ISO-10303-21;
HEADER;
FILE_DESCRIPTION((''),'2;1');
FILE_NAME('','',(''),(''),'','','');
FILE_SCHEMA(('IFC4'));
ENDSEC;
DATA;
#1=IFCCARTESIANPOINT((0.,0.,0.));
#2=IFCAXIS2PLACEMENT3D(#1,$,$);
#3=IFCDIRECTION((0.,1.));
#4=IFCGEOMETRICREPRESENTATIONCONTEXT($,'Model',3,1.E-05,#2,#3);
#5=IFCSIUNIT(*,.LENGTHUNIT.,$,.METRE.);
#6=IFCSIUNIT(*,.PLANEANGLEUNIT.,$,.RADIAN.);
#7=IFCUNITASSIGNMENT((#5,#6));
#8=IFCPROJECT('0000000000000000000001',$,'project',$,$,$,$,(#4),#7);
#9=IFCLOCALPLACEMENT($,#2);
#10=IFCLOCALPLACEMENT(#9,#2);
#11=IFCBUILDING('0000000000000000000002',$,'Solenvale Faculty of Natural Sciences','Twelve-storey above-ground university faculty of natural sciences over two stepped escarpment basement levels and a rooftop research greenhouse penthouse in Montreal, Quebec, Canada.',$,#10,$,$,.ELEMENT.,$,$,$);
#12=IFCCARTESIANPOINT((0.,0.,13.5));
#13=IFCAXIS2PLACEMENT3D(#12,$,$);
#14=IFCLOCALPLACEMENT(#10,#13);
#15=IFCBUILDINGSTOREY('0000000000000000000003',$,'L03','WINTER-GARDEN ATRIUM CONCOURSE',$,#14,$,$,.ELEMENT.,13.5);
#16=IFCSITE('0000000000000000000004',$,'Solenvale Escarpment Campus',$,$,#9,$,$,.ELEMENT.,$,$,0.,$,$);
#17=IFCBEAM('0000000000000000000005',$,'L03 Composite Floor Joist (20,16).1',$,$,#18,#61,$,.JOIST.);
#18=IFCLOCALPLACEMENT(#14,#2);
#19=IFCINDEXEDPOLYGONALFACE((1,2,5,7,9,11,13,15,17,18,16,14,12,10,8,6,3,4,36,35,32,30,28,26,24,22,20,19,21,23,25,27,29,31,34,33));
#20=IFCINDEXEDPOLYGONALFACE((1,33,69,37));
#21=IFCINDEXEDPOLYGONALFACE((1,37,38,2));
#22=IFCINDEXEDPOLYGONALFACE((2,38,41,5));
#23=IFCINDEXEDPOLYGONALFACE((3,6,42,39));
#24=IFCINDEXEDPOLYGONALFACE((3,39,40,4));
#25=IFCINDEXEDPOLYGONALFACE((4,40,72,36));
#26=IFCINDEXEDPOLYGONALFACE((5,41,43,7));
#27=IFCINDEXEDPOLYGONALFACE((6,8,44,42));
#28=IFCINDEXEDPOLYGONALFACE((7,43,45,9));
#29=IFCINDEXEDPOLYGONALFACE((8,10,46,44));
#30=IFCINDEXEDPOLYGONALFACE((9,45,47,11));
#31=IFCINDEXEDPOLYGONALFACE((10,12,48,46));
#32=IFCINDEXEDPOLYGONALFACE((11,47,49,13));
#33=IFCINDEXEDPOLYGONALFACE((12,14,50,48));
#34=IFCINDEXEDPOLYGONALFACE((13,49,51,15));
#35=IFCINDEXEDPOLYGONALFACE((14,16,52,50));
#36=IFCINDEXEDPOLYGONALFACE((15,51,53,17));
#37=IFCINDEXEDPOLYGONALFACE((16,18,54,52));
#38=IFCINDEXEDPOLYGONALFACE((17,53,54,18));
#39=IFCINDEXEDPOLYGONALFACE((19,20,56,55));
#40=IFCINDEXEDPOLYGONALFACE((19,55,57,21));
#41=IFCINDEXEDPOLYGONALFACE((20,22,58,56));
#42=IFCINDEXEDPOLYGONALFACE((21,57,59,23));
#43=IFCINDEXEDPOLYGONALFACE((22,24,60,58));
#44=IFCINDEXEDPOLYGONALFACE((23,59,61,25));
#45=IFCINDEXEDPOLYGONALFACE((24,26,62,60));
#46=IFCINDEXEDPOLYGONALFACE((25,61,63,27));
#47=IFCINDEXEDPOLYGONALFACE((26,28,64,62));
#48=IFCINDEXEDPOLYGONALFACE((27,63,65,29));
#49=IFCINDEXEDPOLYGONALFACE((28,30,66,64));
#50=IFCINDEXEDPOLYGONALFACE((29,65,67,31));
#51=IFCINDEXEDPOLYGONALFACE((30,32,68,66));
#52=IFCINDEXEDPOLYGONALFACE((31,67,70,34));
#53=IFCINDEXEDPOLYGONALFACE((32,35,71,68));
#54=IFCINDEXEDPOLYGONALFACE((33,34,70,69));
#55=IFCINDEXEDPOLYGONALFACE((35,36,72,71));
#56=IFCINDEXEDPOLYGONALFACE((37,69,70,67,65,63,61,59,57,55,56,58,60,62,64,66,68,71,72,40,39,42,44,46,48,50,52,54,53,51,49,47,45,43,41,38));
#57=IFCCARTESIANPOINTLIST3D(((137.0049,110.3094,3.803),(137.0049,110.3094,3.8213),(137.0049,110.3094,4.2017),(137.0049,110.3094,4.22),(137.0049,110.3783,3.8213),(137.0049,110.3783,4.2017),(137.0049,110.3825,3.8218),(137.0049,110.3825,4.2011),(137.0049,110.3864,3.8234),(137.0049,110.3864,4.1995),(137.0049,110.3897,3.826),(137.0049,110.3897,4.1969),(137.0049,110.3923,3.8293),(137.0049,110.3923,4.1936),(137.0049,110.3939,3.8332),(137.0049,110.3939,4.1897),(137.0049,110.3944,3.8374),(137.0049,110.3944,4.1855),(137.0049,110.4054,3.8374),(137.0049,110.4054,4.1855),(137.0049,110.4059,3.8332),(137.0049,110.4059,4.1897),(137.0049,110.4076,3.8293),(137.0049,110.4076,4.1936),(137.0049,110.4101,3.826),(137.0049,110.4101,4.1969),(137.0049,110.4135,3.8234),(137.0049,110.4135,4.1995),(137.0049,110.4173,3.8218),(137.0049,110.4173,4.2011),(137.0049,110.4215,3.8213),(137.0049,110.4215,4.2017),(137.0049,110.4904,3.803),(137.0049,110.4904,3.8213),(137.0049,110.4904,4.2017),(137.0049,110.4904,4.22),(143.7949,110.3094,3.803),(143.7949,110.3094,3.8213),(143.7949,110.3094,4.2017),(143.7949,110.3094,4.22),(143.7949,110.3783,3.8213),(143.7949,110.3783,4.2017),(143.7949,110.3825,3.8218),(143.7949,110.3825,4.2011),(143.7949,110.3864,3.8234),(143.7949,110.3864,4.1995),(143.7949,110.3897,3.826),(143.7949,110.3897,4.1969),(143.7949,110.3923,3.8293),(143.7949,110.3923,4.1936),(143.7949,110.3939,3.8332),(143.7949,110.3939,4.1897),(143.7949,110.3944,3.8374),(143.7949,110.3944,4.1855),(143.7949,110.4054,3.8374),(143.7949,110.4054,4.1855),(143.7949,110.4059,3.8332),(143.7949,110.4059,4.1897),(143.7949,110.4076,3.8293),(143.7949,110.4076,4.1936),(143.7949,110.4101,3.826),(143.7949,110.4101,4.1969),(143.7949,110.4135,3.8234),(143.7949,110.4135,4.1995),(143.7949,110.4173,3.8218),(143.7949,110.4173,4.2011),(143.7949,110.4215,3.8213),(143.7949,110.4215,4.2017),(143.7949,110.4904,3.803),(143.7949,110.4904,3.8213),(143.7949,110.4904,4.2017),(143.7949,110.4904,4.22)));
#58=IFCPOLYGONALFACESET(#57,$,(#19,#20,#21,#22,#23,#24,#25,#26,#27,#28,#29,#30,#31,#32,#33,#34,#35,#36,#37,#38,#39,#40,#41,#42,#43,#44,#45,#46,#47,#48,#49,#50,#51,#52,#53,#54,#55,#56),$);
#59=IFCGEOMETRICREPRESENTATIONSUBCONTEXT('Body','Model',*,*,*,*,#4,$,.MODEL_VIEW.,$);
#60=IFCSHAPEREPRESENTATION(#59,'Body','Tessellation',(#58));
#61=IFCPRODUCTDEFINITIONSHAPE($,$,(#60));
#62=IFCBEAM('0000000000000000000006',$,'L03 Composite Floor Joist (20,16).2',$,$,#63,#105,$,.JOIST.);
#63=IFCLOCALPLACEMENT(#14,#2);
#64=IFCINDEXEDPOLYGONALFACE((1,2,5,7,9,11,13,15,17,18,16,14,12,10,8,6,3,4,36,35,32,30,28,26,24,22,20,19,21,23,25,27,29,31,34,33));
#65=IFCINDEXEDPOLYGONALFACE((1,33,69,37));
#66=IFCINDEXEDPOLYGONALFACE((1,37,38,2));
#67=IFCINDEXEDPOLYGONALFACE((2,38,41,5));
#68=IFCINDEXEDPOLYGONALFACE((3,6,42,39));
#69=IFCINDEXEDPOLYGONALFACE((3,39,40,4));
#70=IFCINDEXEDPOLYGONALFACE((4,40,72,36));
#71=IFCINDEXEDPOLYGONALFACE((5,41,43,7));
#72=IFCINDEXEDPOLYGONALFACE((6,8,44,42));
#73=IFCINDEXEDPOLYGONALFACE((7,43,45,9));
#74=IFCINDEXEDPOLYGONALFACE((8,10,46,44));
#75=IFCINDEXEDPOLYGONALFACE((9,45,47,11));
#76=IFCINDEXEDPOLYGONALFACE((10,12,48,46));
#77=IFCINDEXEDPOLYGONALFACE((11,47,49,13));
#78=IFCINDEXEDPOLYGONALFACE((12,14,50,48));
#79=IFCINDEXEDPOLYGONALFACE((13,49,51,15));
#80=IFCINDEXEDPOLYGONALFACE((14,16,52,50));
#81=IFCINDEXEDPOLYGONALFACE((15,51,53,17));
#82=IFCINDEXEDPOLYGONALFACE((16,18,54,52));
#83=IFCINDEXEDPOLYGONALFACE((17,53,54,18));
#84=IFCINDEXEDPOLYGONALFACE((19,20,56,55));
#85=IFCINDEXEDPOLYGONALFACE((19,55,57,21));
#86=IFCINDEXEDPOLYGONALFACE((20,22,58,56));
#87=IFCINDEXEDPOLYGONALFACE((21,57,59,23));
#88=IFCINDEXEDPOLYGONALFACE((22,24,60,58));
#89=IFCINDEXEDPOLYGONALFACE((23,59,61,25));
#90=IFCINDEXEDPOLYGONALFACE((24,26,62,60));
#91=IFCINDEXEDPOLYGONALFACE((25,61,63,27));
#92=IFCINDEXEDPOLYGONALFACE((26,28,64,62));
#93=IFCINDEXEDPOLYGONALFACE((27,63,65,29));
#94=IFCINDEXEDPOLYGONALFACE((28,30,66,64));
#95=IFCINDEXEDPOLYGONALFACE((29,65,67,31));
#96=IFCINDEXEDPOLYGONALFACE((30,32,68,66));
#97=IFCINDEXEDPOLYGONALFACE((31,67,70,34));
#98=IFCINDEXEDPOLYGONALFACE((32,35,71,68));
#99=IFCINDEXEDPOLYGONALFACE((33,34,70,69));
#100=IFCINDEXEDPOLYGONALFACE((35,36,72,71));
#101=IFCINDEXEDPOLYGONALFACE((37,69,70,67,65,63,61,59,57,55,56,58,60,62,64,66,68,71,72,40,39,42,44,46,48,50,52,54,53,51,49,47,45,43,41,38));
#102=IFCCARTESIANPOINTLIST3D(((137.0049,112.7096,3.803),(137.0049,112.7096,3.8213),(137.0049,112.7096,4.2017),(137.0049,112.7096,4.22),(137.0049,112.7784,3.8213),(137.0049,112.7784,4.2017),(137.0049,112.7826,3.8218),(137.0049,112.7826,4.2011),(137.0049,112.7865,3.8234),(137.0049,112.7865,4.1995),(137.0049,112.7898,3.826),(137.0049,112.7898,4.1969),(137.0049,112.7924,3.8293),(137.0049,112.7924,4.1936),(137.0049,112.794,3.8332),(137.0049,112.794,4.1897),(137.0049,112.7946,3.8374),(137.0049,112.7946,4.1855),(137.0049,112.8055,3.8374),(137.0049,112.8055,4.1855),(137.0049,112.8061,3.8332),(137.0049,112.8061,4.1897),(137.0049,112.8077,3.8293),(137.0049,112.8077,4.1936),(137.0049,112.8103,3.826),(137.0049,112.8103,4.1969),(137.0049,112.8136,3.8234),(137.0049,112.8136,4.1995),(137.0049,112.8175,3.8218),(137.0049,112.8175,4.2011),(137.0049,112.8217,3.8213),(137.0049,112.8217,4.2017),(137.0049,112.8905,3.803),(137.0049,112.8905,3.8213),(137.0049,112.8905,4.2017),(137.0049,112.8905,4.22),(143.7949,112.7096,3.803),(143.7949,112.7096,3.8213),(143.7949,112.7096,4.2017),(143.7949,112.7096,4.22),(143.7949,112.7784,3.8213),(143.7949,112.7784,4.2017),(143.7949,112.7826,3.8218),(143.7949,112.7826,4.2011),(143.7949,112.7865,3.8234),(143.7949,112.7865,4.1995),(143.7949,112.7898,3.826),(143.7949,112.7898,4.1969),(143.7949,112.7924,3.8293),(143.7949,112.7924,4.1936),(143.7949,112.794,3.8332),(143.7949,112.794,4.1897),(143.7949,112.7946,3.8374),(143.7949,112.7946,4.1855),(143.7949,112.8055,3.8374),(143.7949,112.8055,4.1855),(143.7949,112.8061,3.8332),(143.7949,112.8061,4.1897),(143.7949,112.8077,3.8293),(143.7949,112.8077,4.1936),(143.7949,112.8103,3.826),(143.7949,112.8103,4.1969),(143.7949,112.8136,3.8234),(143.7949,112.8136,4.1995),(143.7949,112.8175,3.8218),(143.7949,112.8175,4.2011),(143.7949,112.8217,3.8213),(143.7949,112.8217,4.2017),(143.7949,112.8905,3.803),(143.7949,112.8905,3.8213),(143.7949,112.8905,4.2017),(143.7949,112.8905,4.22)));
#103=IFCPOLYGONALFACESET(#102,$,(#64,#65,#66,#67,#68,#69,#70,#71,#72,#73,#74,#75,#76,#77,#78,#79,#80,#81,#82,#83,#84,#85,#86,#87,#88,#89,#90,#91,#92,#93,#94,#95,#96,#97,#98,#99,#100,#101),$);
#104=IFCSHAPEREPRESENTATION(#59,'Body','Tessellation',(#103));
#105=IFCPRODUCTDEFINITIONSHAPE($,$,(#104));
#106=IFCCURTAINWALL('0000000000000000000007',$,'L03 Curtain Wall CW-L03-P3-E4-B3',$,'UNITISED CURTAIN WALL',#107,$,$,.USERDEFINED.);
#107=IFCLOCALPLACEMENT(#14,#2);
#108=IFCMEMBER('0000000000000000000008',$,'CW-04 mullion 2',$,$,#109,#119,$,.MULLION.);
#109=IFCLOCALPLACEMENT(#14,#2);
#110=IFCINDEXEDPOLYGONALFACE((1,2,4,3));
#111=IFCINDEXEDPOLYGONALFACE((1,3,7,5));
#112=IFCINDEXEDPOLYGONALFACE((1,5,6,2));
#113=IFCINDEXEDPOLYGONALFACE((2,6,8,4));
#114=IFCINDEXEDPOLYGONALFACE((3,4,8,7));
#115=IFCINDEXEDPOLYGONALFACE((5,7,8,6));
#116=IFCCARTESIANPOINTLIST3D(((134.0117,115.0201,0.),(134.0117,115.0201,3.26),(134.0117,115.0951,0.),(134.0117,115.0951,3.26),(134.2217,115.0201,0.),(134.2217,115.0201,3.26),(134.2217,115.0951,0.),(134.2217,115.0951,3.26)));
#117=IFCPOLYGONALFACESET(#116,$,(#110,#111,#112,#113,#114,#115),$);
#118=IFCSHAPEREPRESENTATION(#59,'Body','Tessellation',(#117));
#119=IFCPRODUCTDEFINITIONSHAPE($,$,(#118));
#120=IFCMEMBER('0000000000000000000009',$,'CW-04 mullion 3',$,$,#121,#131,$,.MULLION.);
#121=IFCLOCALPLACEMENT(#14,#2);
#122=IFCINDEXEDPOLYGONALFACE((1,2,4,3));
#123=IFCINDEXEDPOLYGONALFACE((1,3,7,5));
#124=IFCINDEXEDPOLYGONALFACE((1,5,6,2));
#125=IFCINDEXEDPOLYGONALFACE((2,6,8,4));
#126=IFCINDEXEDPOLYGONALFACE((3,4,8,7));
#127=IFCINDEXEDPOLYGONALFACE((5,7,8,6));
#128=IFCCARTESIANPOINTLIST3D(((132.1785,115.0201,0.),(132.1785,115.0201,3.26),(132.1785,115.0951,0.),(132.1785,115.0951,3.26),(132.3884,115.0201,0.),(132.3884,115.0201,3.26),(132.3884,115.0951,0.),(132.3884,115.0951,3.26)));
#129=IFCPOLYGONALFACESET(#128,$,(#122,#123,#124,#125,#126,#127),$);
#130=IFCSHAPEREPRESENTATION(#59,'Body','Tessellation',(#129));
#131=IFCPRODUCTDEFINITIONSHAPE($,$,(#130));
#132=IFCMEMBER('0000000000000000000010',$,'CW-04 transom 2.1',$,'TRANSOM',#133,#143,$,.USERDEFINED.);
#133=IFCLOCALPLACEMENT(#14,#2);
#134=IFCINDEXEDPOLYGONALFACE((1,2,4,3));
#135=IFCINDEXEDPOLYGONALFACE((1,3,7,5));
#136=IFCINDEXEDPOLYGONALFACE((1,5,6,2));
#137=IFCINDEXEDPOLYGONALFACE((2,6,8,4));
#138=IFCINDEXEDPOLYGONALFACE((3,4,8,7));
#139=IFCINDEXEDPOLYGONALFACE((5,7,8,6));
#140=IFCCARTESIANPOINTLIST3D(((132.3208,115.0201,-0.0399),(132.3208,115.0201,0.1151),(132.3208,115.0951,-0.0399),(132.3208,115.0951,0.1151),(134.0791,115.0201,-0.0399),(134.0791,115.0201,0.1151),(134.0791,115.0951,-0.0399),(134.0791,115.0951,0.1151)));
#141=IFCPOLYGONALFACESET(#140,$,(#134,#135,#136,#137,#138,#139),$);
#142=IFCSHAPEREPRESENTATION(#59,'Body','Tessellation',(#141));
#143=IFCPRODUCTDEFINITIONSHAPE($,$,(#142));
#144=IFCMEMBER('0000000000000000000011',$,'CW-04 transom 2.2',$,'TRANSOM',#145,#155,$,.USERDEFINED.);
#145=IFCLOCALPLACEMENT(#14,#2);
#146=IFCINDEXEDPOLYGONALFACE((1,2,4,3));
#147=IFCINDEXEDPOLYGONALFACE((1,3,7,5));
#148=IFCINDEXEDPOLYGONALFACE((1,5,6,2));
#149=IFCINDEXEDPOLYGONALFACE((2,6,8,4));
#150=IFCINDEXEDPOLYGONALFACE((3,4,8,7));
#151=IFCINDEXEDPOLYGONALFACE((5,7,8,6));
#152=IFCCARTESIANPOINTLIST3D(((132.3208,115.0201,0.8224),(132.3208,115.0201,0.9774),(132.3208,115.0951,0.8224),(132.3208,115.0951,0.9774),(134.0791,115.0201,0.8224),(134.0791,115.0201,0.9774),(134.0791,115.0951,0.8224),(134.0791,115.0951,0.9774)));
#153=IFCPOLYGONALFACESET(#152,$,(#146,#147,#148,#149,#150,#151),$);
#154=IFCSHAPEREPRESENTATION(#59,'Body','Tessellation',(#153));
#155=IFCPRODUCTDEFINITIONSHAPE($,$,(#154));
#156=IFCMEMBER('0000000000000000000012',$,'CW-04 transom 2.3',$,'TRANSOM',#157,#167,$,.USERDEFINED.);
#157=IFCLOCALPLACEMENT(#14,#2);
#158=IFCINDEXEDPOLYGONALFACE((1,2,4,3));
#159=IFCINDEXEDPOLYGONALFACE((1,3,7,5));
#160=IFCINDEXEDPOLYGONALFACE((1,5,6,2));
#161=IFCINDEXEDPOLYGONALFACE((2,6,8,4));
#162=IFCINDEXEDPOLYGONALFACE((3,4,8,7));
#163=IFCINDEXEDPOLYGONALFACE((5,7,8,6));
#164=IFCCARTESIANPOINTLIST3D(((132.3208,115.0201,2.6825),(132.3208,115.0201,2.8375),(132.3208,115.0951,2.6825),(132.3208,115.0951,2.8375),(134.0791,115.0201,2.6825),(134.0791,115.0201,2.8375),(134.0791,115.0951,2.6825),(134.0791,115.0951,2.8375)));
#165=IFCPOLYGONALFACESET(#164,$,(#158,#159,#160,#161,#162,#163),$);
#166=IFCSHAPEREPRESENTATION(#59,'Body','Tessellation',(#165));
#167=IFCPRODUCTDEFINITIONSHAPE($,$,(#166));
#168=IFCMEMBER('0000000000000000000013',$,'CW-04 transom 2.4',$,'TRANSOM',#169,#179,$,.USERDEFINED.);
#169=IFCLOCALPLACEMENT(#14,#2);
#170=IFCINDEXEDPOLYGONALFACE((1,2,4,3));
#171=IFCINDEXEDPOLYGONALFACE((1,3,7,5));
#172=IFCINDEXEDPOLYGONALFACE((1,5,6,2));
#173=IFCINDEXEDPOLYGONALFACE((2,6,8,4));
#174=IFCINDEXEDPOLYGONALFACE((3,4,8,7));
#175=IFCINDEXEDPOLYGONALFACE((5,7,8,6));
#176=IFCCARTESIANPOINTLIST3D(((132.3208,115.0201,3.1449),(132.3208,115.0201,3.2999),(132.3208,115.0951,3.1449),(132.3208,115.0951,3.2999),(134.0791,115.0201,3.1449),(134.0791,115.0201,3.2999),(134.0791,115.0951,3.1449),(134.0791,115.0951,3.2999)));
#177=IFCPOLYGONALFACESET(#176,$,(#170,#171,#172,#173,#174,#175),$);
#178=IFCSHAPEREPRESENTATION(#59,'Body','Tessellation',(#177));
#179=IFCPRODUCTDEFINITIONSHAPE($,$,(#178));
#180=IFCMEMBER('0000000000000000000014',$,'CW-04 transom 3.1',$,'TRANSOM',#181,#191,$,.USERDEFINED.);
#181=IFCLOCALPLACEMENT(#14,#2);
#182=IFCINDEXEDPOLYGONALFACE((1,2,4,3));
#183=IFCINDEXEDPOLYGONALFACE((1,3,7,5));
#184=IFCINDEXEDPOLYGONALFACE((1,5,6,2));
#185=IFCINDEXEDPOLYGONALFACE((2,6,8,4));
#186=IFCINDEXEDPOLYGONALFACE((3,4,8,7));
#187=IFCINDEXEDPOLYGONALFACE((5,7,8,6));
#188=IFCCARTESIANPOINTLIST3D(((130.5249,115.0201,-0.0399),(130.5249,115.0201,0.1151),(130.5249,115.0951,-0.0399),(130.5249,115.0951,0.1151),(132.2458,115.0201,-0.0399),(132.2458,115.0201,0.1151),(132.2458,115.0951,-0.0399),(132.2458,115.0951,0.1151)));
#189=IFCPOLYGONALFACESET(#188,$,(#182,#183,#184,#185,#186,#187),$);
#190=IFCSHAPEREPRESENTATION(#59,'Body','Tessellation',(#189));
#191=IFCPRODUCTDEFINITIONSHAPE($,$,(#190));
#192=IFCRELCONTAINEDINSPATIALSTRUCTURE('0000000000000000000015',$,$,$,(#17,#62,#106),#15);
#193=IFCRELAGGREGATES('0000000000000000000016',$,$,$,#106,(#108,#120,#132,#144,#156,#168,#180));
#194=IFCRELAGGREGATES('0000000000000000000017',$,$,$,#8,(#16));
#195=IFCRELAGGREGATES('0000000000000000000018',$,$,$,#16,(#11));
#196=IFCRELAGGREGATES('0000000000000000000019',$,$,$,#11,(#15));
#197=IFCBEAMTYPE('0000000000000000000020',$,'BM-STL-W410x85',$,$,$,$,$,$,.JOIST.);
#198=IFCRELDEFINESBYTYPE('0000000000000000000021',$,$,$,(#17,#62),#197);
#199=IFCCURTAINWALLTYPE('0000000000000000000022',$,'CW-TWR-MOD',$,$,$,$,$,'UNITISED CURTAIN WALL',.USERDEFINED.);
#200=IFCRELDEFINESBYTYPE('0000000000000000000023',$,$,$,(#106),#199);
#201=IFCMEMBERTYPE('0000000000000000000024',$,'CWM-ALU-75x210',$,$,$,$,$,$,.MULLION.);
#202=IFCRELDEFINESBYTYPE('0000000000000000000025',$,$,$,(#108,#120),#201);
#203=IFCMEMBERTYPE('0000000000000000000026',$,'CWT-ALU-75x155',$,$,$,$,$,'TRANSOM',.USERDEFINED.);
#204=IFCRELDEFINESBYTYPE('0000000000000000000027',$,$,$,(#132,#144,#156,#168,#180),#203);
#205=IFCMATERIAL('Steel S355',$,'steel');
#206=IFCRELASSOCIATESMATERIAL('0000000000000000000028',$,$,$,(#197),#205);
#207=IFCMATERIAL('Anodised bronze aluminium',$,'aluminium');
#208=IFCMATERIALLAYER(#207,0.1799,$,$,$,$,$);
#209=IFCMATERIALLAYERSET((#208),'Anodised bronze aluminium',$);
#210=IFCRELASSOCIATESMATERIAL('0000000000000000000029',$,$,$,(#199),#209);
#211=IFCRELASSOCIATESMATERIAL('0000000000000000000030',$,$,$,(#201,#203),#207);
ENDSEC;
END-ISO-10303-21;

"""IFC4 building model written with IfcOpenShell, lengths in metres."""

from ifc_helpers import new_model, si_unit, direction, frame, origin, origin_2d, place, context, subcontext, project, spatial, rectangle, i_section, extrude, material, layer, layer_set, material_profile, profile_set, type_object, element, aggregate, save


model = new_model("IFC4")

# Units and contexts
model_context = context("Model", 3, precision=1e-05, world=origin(), true_north=direction((0.0, 1.0)))
body_context = subcontext(model_context, "Body", "Model", "MODEL_VIEW")
ifc_project = project(units=[si_unit("LENGTHUNIT", "METRE"), si_unit("PLANEANGLEUNIT", "RADIAN")], contexts=[model_context])

# Site, building, storey
site_placement = place(None, origin())
site = spatial("IfcSite", under=ifc_project, at=site_placement, Name="Solenvale Escarpment Campus", CompositionType="ELEMENT", RefElevation=0.0)
building_placement = place(site_placement, origin())
building = spatial("IfcBuilding", under=site, at=building_placement, Name="Solenvale Faculty of Natural Sciences", Description="Twelve-storey above-ground university faculty of natural sciences over two stepped escarpment basement levels and a rooftop research greenhouse penthouse in Montreal, Quebec, Canada.", CompositionType="ELEMENT")
storey_placement = place(building_placement, frame((0.0, 0.0, 13.5)))
storey = spatial("IfcBuildingStorey", under=building, at=storey_placement, Name="L03", Description="WINTER-GARDEN ATRIUM CONCOURSE", CompositionType="ELEMENT", Elevation=13.5)

# Beams
ifc_material_1 = material(Name="Steel S355", Category="steel")
ifc_material_profile_1 = material_profile(ifc_material_1, i_section(OverallWidth=0.1809, OverallDepth=0.417, WebThickness=0.011, FlangeThickness=0.0183, FilletRadius=0.0161, at=origin_2d()), Name="W410x85")
ifc_profile_set_1 = profile_set([ifc_material_profile_1], Name="Steel S355")
beam_type_1 = type_object("IfcBeamType", Name="BM-STL-W410x85", PredefinedType="JOIST", material=ifc_profile_set_1)
for number, where, z_axis, x_axis, name in (
    (1, (137.0049, 110.3999, 4.0115), (1.0, 0.0, 0.0), (0.0, 1.0, 0.0), "L03 Composite Floor Joist (20,16).1"),
    (2, (137.0049, 112.8, 4.0115), (1.0, 0.0, 0.0), (0.0, 1.0, 0.0), "L03 Composite Floor Joist (20,16).2"),
):
    element("IfcBeam", number, at=place(storey_placement, frame(where, z_axis=z_axis, x_axis=x_axis)), inside=storey, type_object=beam_type_1, Name=name, PredefinedType="JOIST", context=body_context, shape_type="SweptSolid", body=[
        extrude(i_section(OverallWidth=0.1809, OverallDepth=0.417, WebThickness=0.011, FlangeThickness=0.0183, FilletRadius=0.0161, at=origin_2d()), origin(), (0.0, 0.0, 1.0), 6.79),
    ])

# Curtain wall, members
ifc_material_2 = material(Name="Anodised bronze aluminium", Category="aluminium")
ifc_layer_1 = layer(ifc_material_2, 0.1799)
ifc_layer_set_1 = layer_set([ifc_layer_1], Name="Anodised bronze aluminium")
curtain_wall_type = type_object("IfcCurtainWallType", Name="CW-TWR-MOD", ElementType="UNITISED CURTAIN WALL", PredefinedType="USERDEFINED", material=ifc_layer_set_1)
curtain_wall_placement = place(storey_placement, origin())
curtain_wall = element("IfcCurtainWall", 3, at=curtain_wall_placement, inside=storey, type_object=curtain_wall_type, Name="L03 Curtain Wall CW-L03-P3-E4-B3", ObjectType="UNITISED CURTAIN WALL", PredefinedType="USERDEFINED")
ifc_material_profile_2 = material_profile(ifc_material_2, rectangle(XDim=0.075, YDim=0.21, at=origin_2d()), Name="ALU-MUL-75x210")
ifc_profile_set_2 = profile_set([ifc_material_profile_2], Name="Anodised bronze aluminium")
member_type_1 = type_object("IfcMemberType", Name="CWM-ALU-75x210", PredefinedType="MULLION", material=ifc_profile_set_2)
member_1_placement = place(storey_placement, frame((134.1167, 115.0576, 0.0), z_axis=(0.0, 0.0, 1.0), x_axis=(0.0, -1.0, 0.0)))
member_1 = element("IfcMember", 4, at=member_1_placement, type_object=member_type_1, Name="CW-04 mullion 2", PredefinedType="MULLION", context=body_context, shape_type="SweptSolid", body=[
    extrude(rectangle(XDim=0.075, YDim=0.21, at=origin_2d()), origin(), (0.0, 0.0, 1.0), 3.26),
])
member_2_placement = place(storey_placement, frame((132.2834, 115.0576, 0.0), z_axis=(0.0, 0.0, 1.0), x_axis=(0.0, -1.0, 0.0)))
member_2 = element("IfcMember", 5, at=member_2_placement, type_object=member_type_1, Name="CW-04 mullion 3", PredefinedType="MULLION", context=body_context, shape_type="SweptSolid", body=[
    extrude(rectangle(XDim=0.075, YDim=0.21, at=origin_2d()), origin(), (0.0, 0.0, 1.0), 3.26),
])
ifc_material_profile_3 = material_profile(ifc_material_2, rectangle(XDim=0.075, YDim=0.155, at=origin_2d()), Name="ALU-TRN-75x155")
ifc_profile_set_3 = profile_set([ifc_material_profile_3], Name="Anodised bronze aluminium")
member_type_2 = type_object("IfcMemberType", Name="CWT-ALU-75x155", ElementType="TRANSOM", PredefinedType="USERDEFINED", material=ifc_profile_set_3)
member_3_placement = place(storey_placement, frame((134.0791, 115.0576, 0.0376), z_axis=(-1.0, 0.0, 0.0), x_axis=(0.0, -1.0, 0.0)))
member_3 = element("IfcMember", 6, at=member_3_placement, type_object=member_type_2, Name="CW-04 transom 2.1", ObjectType="TRANSOM", PredefinedType="USERDEFINED", context=body_context, shape_type="SweptSolid", body=[
    extrude(rectangle(XDim=0.075, YDim=0.155, at=origin_2d()), origin(), (0.0, 0.0, 1.0), 1.7583),
])
member_4_placement = place(storey_placement, frame((134.0791, 115.0576, 0.8999), z_axis=(-1.0, 0.0, 0.0), x_axis=(0.0, -1.0, 0.0)))
member_4 = element("IfcMember", 7, at=member_4_placement, type_object=member_type_2, Name="CW-04 transom 2.2", ObjectType="TRANSOM", PredefinedType="USERDEFINED", context=body_context, shape_type="SweptSolid", body=[
    extrude(rectangle(XDim=0.075, YDim=0.155, at=origin_2d()), origin(), (0.0, 0.0, 1.0), 1.7583),
])
member_5_placement = place(storey_placement, frame((134.0791, 115.0576, 2.76), z_axis=(-1.0, 0.0, 0.0), x_axis=(0.0, -1.0, 0.0)))
member_5 = element("IfcMember", 8, at=member_5_placement, type_object=member_type_2, Name="CW-04 transom 2.3", ObjectType="TRANSOM", PredefinedType="USERDEFINED", context=body_context, shape_type="SweptSolid", body=[
    extrude(rectangle(XDim=0.075, YDim=0.155, at=origin_2d()), origin(), (0.0, 0.0, 1.0), 1.7583),
])
member_6_placement = place(storey_placement, frame((134.0791, 115.0576, 3.2224), z_axis=(-1.0, 0.0, 0.0), x_axis=(0.0, -1.0, 0.0)))
member_6 = element("IfcMember", 9, at=member_6_placement, type_object=member_type_2, Name="CW-04 transom 2.4", ObjectType="TRANSOM", PredefinedType="USERDEFINED", context=body_context, shape_type="SweptSolid", body=[
    extrude(rectangle(XDim=0.075, YDim=0.155, at=origin_2d()), origin(), (0.0, 0.0, 1.0), 1.7583),
])
member_7_placement = place(storey_placement, frame((132.2458, 115.0576, 0.0376), z_axis=(-1.0, 0.0, 0.0), x_axis=(0.0, -1.0, 0.0)))
member_7 = element("IfcMember", 10, at=member_7_placement, type_object=member_type_2, Name="CW-04 transom 3.1", ObjectType="TRANSOM", PredefinedType="USERDEFINED", context=body_context, shape_type="SweptSolid", body=[
    extrude(rectangle(XDim=0.075, YDim=0.155, at=origin_2d()), origin(), (0.0, 0.0, 1.0), 1.7209),
])
aggregate(curtain_wall, [member_1, member_2, member_3, member_4, member_5, member_6, member_7])

save(model, "model.ifc")
